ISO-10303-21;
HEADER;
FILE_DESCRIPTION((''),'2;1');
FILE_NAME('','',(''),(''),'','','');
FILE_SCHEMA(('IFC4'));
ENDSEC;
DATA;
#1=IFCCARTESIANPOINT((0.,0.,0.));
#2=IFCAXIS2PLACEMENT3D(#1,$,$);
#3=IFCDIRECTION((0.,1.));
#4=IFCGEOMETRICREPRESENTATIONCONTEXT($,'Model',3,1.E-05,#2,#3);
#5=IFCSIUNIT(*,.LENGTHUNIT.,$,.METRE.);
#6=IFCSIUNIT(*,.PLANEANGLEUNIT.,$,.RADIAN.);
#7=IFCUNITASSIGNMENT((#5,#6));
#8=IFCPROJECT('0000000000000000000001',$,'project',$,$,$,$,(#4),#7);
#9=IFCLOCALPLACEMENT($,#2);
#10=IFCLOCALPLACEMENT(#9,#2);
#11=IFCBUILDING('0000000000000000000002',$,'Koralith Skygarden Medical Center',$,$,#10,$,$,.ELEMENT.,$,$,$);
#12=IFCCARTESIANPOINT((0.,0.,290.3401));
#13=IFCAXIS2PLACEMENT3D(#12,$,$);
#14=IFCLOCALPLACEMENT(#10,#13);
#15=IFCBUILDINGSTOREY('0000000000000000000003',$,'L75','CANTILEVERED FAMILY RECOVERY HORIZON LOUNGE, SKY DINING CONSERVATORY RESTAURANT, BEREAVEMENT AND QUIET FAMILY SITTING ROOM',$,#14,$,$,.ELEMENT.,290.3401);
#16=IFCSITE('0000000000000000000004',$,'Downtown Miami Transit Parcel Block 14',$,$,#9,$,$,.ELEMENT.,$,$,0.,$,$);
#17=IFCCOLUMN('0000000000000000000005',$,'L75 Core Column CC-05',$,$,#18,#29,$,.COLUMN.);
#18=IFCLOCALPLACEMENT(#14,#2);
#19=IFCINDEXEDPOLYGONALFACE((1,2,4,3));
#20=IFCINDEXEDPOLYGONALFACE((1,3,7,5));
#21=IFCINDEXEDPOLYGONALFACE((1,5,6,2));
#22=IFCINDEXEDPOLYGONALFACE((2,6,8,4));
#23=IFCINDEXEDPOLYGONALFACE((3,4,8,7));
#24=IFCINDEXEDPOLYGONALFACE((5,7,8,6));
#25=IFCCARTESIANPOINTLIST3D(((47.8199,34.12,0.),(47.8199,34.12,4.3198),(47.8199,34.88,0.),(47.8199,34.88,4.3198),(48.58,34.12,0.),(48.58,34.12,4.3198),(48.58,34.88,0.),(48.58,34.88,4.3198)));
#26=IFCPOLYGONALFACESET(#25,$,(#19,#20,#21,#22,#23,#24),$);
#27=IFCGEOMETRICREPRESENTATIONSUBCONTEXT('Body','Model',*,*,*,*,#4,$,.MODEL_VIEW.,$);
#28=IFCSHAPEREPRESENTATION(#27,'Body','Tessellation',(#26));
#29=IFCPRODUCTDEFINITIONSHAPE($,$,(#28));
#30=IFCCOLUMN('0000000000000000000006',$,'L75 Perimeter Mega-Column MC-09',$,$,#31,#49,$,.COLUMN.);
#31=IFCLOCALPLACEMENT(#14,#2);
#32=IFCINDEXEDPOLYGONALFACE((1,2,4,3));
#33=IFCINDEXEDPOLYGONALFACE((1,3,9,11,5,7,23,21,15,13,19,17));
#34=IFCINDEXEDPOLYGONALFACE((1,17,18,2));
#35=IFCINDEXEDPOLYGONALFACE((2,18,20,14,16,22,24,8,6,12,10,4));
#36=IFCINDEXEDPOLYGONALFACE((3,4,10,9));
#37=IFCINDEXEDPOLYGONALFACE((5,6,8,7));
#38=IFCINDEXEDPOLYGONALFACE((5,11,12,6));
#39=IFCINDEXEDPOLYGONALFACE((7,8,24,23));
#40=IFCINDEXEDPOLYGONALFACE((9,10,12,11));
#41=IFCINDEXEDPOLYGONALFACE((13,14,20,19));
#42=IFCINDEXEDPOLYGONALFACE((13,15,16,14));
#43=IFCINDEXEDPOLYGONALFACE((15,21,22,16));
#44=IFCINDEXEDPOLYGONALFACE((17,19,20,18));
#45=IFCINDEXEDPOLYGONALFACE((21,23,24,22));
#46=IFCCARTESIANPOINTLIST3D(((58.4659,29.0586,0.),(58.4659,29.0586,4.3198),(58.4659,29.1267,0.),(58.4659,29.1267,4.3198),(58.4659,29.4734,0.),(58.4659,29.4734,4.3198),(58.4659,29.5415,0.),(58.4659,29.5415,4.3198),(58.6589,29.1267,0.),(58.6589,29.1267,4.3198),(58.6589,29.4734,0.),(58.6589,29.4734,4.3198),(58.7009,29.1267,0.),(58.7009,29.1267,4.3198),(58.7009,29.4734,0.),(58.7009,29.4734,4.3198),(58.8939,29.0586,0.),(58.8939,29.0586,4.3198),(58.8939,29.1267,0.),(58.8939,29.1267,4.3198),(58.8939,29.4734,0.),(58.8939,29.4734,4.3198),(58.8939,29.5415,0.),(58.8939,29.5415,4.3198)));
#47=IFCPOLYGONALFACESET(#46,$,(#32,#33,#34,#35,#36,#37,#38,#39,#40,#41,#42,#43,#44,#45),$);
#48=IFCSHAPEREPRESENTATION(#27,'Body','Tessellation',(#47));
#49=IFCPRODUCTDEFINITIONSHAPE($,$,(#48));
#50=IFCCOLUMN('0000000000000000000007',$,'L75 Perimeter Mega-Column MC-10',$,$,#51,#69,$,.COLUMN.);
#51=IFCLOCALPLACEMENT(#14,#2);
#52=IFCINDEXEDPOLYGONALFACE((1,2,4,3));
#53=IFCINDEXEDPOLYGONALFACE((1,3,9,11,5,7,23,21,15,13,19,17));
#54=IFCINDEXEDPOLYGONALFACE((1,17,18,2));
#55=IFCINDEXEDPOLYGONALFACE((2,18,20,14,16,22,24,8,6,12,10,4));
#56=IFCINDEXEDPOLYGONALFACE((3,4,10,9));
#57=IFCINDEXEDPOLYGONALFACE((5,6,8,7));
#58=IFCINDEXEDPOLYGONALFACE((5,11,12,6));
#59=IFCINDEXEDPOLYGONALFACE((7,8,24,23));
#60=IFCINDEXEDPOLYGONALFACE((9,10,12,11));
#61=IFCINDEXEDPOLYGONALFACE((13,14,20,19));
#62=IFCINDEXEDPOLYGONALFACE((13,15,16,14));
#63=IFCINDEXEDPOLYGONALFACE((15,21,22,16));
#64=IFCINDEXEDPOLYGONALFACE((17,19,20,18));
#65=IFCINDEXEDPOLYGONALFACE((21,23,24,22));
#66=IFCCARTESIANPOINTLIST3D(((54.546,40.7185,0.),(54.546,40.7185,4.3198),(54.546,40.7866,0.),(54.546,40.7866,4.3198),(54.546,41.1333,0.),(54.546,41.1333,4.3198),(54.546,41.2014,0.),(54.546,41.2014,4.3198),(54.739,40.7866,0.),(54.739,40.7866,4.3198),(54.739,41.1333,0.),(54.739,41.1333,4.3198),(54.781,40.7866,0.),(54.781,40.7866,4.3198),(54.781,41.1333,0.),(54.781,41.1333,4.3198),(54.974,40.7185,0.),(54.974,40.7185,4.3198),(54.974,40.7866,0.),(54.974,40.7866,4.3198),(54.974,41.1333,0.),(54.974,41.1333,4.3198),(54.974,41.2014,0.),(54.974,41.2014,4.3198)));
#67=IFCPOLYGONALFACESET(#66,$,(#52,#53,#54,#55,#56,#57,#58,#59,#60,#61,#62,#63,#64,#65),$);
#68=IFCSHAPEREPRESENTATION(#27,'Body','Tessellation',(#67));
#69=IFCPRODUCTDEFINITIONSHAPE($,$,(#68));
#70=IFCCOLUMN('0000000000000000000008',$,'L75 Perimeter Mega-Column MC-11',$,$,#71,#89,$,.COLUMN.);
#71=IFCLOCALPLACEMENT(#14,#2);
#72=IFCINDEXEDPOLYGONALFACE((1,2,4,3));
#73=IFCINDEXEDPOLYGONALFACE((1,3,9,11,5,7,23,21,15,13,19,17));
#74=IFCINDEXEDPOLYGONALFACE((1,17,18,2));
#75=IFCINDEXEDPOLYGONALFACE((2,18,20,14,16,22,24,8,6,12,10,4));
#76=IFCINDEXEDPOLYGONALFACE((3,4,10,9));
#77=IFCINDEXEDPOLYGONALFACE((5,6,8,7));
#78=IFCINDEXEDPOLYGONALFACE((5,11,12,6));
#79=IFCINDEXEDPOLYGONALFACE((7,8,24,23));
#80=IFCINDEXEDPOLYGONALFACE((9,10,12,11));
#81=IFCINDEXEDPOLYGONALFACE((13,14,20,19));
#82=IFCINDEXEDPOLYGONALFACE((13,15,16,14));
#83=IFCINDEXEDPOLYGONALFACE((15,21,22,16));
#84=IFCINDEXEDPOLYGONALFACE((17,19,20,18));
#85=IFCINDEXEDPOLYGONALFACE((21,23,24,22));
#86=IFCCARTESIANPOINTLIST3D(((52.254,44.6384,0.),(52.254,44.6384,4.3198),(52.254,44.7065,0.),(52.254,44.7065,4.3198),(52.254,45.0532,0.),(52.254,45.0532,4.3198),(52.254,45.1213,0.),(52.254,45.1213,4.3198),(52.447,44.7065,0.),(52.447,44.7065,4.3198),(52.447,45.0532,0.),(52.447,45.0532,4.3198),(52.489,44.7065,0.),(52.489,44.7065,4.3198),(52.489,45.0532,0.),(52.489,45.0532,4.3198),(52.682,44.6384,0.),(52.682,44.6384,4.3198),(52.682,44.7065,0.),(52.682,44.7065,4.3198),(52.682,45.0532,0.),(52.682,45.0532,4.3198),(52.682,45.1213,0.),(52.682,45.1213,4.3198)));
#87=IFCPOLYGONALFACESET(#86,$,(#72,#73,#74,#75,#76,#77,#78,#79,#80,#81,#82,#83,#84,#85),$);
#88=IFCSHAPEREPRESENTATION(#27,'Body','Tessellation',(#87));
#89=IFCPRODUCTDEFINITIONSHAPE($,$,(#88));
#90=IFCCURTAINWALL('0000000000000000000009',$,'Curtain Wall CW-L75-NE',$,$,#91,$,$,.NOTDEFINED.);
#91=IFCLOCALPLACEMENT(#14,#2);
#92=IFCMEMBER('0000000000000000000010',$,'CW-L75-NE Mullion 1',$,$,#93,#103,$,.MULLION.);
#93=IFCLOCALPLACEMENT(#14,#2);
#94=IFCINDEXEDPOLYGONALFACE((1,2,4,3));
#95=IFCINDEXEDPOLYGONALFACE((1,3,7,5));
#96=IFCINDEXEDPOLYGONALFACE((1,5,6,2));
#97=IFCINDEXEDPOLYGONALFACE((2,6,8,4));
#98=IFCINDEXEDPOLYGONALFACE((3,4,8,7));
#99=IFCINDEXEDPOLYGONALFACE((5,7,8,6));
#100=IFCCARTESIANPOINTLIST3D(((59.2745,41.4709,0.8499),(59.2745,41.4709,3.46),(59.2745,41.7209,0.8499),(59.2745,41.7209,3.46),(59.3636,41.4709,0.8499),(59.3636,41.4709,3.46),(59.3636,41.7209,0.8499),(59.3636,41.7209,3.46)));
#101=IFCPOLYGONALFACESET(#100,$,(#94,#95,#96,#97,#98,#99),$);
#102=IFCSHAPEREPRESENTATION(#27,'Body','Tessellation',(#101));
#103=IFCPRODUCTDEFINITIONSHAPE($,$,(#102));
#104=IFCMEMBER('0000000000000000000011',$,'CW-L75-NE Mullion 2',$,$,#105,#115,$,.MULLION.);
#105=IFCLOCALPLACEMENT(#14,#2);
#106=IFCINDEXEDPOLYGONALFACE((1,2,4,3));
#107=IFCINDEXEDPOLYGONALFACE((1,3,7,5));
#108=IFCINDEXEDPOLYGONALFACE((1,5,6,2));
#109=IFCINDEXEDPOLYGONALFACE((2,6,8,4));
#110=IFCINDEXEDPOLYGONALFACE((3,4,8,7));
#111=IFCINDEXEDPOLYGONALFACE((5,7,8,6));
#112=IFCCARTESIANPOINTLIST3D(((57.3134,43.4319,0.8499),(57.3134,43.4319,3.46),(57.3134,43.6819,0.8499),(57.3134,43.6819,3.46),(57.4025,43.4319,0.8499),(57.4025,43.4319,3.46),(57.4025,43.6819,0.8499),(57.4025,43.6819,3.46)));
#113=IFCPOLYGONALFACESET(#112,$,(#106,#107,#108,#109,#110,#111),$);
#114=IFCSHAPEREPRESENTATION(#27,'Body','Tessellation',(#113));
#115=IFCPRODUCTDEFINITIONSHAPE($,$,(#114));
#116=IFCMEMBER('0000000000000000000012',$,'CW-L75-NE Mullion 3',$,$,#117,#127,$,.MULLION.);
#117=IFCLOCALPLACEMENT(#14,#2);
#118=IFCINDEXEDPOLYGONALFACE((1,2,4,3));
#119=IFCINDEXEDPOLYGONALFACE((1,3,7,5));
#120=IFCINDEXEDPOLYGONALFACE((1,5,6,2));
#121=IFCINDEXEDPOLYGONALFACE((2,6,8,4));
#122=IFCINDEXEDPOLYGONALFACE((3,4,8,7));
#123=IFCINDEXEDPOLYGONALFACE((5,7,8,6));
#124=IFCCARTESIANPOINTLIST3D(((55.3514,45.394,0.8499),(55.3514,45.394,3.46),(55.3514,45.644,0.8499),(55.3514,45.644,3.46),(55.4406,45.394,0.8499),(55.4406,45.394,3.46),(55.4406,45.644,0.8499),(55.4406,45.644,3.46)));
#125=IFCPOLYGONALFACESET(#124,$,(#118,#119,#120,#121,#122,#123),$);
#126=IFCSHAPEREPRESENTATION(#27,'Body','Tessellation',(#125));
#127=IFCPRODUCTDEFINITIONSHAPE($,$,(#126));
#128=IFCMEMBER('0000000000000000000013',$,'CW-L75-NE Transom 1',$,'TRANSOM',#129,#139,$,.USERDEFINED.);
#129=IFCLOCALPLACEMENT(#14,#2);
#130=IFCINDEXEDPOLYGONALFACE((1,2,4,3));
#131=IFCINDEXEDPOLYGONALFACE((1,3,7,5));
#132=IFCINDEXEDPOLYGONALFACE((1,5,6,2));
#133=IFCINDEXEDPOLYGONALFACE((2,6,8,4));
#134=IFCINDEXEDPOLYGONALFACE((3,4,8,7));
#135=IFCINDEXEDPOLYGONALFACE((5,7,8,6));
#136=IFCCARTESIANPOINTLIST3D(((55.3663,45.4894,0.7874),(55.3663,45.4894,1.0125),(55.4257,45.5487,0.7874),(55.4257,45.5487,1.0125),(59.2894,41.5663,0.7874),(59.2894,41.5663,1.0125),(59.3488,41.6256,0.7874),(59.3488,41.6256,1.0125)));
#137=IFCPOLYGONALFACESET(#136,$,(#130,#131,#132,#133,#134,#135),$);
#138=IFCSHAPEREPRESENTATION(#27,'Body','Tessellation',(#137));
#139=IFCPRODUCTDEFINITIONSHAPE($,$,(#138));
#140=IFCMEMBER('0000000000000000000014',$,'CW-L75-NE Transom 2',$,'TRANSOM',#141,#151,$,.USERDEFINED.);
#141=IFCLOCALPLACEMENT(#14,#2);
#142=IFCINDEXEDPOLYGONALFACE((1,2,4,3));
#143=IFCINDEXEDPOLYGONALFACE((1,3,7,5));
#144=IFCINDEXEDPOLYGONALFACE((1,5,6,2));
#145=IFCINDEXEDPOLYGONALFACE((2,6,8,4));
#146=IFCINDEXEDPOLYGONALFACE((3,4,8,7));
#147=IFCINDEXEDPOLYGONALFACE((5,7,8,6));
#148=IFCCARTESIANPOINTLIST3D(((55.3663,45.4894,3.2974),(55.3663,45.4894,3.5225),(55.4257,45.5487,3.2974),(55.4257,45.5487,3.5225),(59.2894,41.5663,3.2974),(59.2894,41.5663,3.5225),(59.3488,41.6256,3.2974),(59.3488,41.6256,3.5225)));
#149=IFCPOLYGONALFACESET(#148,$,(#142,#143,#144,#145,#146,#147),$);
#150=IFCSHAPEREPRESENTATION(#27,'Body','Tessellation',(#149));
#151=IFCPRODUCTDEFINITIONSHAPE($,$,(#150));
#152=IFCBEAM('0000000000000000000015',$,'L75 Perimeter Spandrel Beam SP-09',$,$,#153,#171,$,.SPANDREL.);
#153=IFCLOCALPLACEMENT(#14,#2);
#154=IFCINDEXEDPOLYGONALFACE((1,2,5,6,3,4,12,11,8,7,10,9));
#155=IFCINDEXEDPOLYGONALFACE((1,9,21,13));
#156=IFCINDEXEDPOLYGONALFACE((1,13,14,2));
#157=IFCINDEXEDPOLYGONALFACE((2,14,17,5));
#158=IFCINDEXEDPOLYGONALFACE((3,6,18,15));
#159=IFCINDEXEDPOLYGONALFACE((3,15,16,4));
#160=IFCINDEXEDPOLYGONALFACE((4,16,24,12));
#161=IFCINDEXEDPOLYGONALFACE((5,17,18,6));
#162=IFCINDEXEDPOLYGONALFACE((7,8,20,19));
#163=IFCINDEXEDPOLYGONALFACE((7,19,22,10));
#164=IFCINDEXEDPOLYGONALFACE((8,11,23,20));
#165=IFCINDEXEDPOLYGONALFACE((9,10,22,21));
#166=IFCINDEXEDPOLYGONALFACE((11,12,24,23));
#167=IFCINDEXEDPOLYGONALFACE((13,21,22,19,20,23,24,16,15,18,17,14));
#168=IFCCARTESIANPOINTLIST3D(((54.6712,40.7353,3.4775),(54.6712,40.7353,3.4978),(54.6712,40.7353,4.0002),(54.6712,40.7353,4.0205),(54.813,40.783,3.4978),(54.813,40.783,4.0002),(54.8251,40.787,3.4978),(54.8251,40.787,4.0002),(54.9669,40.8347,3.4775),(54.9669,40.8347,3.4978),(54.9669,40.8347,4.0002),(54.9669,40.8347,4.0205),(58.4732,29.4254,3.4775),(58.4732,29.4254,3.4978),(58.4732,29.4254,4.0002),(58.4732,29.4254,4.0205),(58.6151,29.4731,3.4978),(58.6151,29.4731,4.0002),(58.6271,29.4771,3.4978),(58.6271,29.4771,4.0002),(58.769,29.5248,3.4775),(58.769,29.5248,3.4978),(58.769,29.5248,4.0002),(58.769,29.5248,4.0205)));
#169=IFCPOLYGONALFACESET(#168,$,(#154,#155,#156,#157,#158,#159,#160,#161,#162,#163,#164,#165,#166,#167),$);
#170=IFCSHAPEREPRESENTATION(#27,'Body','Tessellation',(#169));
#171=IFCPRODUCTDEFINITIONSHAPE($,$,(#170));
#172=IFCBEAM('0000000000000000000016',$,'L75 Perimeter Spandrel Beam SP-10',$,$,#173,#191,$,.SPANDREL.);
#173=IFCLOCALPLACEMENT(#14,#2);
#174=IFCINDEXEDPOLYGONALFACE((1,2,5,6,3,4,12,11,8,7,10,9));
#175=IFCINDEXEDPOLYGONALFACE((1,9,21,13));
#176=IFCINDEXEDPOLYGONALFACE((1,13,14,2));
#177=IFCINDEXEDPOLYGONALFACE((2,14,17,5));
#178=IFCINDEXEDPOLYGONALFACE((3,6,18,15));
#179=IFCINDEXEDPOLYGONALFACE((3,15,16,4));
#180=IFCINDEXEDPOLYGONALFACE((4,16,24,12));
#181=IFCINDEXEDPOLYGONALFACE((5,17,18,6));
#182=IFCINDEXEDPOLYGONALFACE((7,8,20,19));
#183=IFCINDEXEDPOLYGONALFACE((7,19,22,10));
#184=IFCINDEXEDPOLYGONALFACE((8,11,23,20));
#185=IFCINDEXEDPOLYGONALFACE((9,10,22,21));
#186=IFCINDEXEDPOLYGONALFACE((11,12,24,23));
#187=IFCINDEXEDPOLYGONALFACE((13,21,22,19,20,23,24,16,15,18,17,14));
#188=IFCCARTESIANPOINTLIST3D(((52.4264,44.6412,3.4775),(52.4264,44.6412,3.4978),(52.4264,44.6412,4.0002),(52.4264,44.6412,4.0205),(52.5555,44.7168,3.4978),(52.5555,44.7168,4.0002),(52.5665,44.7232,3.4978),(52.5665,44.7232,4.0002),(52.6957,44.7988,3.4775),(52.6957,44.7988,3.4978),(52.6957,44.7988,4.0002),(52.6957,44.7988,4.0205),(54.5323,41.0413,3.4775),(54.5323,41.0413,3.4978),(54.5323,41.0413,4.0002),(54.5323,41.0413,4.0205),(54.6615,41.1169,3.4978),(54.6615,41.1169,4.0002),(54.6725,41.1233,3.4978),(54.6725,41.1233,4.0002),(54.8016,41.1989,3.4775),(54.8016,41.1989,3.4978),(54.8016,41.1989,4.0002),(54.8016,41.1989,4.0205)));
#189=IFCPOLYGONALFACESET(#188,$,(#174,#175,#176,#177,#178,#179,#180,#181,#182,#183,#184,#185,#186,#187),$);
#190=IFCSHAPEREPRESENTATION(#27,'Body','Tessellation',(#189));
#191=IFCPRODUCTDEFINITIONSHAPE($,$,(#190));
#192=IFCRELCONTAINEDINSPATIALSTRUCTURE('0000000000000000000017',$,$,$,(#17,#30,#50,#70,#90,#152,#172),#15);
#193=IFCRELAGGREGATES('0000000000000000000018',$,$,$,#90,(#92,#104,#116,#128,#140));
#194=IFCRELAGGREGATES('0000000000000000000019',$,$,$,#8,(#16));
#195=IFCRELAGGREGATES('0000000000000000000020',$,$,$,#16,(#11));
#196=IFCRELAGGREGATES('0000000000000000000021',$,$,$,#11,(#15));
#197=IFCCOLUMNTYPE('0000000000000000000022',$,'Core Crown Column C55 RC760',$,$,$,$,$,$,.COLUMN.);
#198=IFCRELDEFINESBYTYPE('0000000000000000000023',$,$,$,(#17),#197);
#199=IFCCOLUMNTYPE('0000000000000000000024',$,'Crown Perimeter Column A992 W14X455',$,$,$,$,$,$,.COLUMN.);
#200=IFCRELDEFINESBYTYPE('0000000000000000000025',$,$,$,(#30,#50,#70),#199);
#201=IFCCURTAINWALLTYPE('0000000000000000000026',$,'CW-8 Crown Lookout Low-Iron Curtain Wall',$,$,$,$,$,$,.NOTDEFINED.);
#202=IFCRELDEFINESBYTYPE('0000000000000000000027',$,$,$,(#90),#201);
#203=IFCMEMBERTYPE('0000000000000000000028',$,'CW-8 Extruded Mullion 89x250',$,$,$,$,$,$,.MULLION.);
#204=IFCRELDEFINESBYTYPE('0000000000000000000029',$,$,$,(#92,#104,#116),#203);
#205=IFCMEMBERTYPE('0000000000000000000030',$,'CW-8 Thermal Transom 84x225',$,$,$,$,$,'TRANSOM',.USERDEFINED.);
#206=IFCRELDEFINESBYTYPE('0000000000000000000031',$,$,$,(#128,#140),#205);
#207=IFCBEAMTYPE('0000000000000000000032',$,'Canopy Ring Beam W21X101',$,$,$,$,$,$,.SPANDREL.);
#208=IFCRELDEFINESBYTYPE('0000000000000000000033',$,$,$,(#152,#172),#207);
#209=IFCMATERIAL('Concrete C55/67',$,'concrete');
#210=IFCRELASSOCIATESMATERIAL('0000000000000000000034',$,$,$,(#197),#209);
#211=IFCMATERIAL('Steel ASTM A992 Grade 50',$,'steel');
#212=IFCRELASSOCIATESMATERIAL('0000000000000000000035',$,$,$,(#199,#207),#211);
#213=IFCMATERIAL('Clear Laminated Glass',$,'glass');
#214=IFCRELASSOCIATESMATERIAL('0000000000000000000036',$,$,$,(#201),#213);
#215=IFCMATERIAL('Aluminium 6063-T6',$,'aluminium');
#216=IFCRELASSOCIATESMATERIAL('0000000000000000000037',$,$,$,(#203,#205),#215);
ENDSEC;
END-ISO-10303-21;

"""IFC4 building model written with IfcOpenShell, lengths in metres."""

from ifc_helpers import new_model, si_unit, direction, frame, origin, origin_2d, place, context, subcontext, project, spatial, rectangle, i_section, extrude, material, material_profile, profile_set, type_object, element, aggregate, save


model = new_model("IFC4")

# Units and contexts
model_context = context("Model", 3, precision=1e-05, world=origin(), true_north=direction((0.0, 1.0)))
body_context = subcontext(model_context, "Body", "Model", "MODEL_VIEW")
ifc_project = project(units=[si_unit("LENGTHUNIT", "METRE"), si_unit("PLANEANGLEUNIT", "RADIAN")], contexts=[model_context])

# Site, building, storey
site_placement = place(None, origin())
site = spatial("IfcSite", under=ifc_project, at=site_placement, Name="Downtown Miami Transit Parcel Block 14", CompositionType="ELEMENT", RefElevation=0.0)
building_placement = place(site_placement, origin())
building = spatial("IfcBuilding", under=site, at=building_placement, Name="Koralith Skygarden Medical Center", CompositionType="ELEMENT")
storey_placement = place(building_placement, frame((0.0, 0.0, 290.3401)))
storey = spatial("IfcBuildingStorey", under=building, at=storey_placement, Name="L75", Description="CANTILEVERED FAMILY RECOVERY HORIZON LOUNGE, SKY DINING CONSERVATORY RESTAURANT, BEREAVEMENT AND QUIET FAMILY SITTING ROOM", CompositionType="ELEMENT", Elevation=290.3401)

# Columns
ifc_material_1 = material(Name="Concrete C55/67", Category="concrete")
ifc_material_profile_1 = material_profile(ifc_material_1, rectangle(XDim=0.76, YDim=0.76, at=origin_2d()), Name="RC760X760")
ifc_profile_set_1 = profile_set([ifc_material_profile_1], Name="Concrete C55/67")
column_type_1 = type_object("IfcColumnType", Name="Core Crown Column C55 RC760", PredefinedType="COLUMN", material=ifc_profile_set_1)
column_placement = place(storey_placement, frame((48.2, 34.5, 0.0), z_axis=(0.0, 0.0, 1.0), x_axis=(1.0, 0.0, 0.0)))
element("IfcColumn", 1, at=column_placement, inside=storey, type_object=column_type_1, Name="L75 Core Column CC-05", PredefinedType="COLUMN", context=body_context, shape_type="SweptSolid", body=[
    extrude(rectangle(XDim=0.76, YDim=0.76, at=origin_2d()), origin(), (0.0, 0.0, 1.0), 4.3198),
])
ifc_material_2 = material(Name="Steel ASTM A992 Grade 50", Category="steel")
ifc_material_profile_2 = material_profile(ifc_material_2, i_section(OverallWidth=0.428, OverallDepth=0.4829, WebThickness=0.042, FlangeThickness=0.0681, at=origin_2d()), Name="W14X455")
ifc_profile_set_2 = profile_set([ifc_material_profile_2], Name="Steel ASTM A992 Grade 50")
column_type_2 = type_object("IfcColumnType", Name="Crown Perimeter Column A992 W14X455", PredefinedType="COLUMN", material=ifc_profile_set_2)
for number, where, z_axis, x_axis, name in (
    (2, (58.6799, 29.3, 0.0), (0.0, 0.0, 1.0), (1.0, 0.0, 0.0), "L75 Perimeter Mega-Column MC-09"),
    (3, (54.76, 40.96, 0.0), (0.0, 0.0, 1.0), (1.0, 0.0, 0.0), "L75 Perimeter Mega-Column MC-10"),
    (4, (52.468, 44.8799, 0.0), (0.0, 0.0, 1.0), (1.0, 0.0, 0.0), "L75 Perimeter Mega-Column MC-11"),
):
    element("IfcColumn", number, at=place(storey_placement, frame(where, z_axis=z_axis, x_axis=x_axis)), inside=storey, type_object=column_type_2, Name=name, PredefinedType="COLUMN", context=body_context, shape_type="SweptSolid", body=[
        extrude(i_section(OverallWidth=0.428, OverallDepth=0.4829, WebThickness=0.042, FlangeThickness=0.0681, at=origin_2d()), origin(), (0.0, 0.0, 1.0), 4.3198),
    ])

# Curtain wall, members
ifc_material_3 = material(Name="Clear Laminated Glass", Category="glass")
curtain_wall_type = type_object("IfcCurtainWallType", Name="CW-8 Crown Lookout Low-Iron Curtain Wall", PredefinedType="NOTDEFINED", material=ifc_material_3)
curtain_wall_placement = place(storey_placement, origin())
curtain_wall = element("IfcCurtainWall", 5, at=curtain_wall_placement, inside=storey, type_object=curtain_wall_type, Name="Curtain Wall CW-L75-NE", PredefinedType="NOTDEFINED")
ifc_material_4 = material(Name="Aluminium 6063-T6", Category="aluminium")
ifc_material_profile_3 = material_profile(ifc_material_4, rectangle(XDim=0.0891, YDim=0.25, at=origin_2d()), Name="MUL89X250")
ifc_profile_set_3 = profile_set([ifc_material_profile_3], Name="Aluminium 6063-T6")
member_type_1 = type_object("IfcMemberType", Name="CW-8 Extruded Mullion 89x250", PredefinedType="MULLION", material=ifc_profile_set_3)
member_1_placement = place(storey_placement, frame((59.3191, 41.5959, 0.8499), z_axis=(0.0, 0.0, 1.0), x_axis=(1.0, 0.0, 0.0)))
member_1 = element("IfcMember", 6, at=member_1_placement, type_object=member_type_1, Name="CW-L75-NE Mullion 1", PredefinedType="MULLION", context=body_context, shape_type="SweptSolid", body=[
    extrude(rectangle(XDim=0.0891, YDim=0.25, at=origin_2d()), origin(), (0.0, 0.0, 1.0), 2.6101),
])
member_2_placement = place(storey_placement, frame((57.3579, 43.5569, 0.8499), z_axis=(0.0, 0.0, 1.0), x_axis=(1.0, 0.0, 0.0)))
member_2 = element("IfcMember", 7, at=member_2_placement, type_object=member_type_1, Name="CW-L75-NE Mullion 2", PredefinedType="MULLION", context=body_context, shape_type="SweptSolid", body=[
    extrude(rectangle(XDim=0.0891, YDim=0.25, at=origin_2d()), origin(), (0.0, 0.0, 1.0), 2.6101),
])
member_3_placement = place(storey_placement, frame((55.396, 45.519, 0.8499), z_axis=(0.0, 0.0, 1.0), x_axis=(1.0, 0.0, 0.0)))
member_3 = element("IfcMember", 8, at=member_3_placement, type_object=member_type_1, Name="CW-L75-NE Mullion 3", PredefinedType="MULLION", context=body_context, shape_type="SweptSolid", body=[
    extrude(rectangle(XDim=0.0891, YDim=0.25, at=origin_2d()), origin(), (0.0, 0.0, 1.0), 2.6101),
])
ifc_material_profile_4 = material_profile(ifc_material_4, rectangle(XDim=0.084, YDim=0.2251, at=origin_2d()), Name="TRN84X225")
ifc_profile_set_4 = profile_set([ifc_material_profile_4], Name="Aluminium 6063-T6")
member_type_2 = type_object("IfcMemberType", Name="CW-8 Thermal Transom 84x225", ElementType="TRANSOM", PredefinedType="USERDEFINED", material=ifc_profile_set_4)
member_4_placement = place(storey_placement, frame((59.3191, 41.5959, 0.8999), z_axis=(-0.707107, 0.707107, 0.0), x_axis=(-0.707107, -0.707107, 0.0)))
member_4 = element("IfcMember", 9, at=member_4_placement, type_object=member_type_2, Name="CW-L75-NE Transom 1", ObjectType="TRANSOM", PredefinedType="USERDEFINED", context=body_context, shape_type="SweptSolid", body=[
    extrude(rectangle(XDim=0.084, YDim=0.2251, at=origin_2d()), origin(), (0.0, 0.0, 1.0), 5.5481),
])
member_5_placement = place(storey_placement, frame((59.3191, 41.5959, 3.4099), z_axis=(-0.707107, 0.707107, 0.0), x_axis=(-0.707107, -0.707107, 0.0)))
member_5 = element("IfcMember", 10, at=member_5_placement, type_object=member_type_2, Name="CW-L75-NE Transom 2", ObjectType="TRANSOM", PredefinedType="USERDEFINED", context=body_context, shape_type="SweptSolid", body=[
    extrude(rectangle(XDim=0.084, YDim=0.2251, at=origin_2d()), origin(), (0.0, 0.0, 1.0), 5.5481),
])

# Beams
ifc_material_profile_5 = material_profile(ifc_material_2, i_section(OverallWidth=0.312, OverallDepth=0.543, WebThickness=0.0127, FlangeThickness=0.0203, at=origin_2d()), Name="W21X101")
ifc_profile_set_5 = profile_set([ifc_material_profile_5], Name="Steel ASTM A992 Grade 50")
beam_type_1 = type_object("IfcBeamType", Name="Canopy Ring Beam W21X101", PredefinedType="SPANDREL", material=ifc_profile_set_5)
beam_1_placement = place(storey_placement, frame((58.6211, 29.4751, 3.749), z_axis=(-0.318645, 0.947874, 0.0), x_axis=(-0.947874, -0.318645, 0.0)))
element("IfcBeam", 11, at=beam_1_placement, inside=storey, type_object=beam_type_1, Name="L75 Perimeter Spandrel Beam SP-09", PredefinedType="SPANDREL", context=body_context, shape_type="SweptSolid", body=[
    extrude(i_section(OverallWidth=0.312, OverallDepth=0.543, WebThickness=0.0127, FlangeThickness=0.0203, at=origin_2d()), origin(), (0.0, 0.0, 1.0), 11.9319),
])
beam_2_placement = place(storey_placement, frame((54.667, 41.1201, 3.749), z_axis=(-0.504952, 0.863148, 0.0), x_axis=(-0.863148, -0.504952, 0.0)))
element("IfcBeam", 12, at=beam_2_placement, inside=storey, type_object=beam_type_1, Name="L75 Perimeter Spandrel Beam SP-10", PredefinedType="SPANDREL", context=body_context, shape_type="SweptSolid", body=[
    extrude(i_section(OverallWidth=0.312, OverallDepth=0.543, WebThickness=0.0127, FlangeThickness=0.0203, at=origin_2d()), origin(), (0.0, 0.0, 1.0), 4.1707),
])

aggregate(curtain_wall, [member_1, member_2, member_3, member_4, member_5])

save(model, "model.ifc")
